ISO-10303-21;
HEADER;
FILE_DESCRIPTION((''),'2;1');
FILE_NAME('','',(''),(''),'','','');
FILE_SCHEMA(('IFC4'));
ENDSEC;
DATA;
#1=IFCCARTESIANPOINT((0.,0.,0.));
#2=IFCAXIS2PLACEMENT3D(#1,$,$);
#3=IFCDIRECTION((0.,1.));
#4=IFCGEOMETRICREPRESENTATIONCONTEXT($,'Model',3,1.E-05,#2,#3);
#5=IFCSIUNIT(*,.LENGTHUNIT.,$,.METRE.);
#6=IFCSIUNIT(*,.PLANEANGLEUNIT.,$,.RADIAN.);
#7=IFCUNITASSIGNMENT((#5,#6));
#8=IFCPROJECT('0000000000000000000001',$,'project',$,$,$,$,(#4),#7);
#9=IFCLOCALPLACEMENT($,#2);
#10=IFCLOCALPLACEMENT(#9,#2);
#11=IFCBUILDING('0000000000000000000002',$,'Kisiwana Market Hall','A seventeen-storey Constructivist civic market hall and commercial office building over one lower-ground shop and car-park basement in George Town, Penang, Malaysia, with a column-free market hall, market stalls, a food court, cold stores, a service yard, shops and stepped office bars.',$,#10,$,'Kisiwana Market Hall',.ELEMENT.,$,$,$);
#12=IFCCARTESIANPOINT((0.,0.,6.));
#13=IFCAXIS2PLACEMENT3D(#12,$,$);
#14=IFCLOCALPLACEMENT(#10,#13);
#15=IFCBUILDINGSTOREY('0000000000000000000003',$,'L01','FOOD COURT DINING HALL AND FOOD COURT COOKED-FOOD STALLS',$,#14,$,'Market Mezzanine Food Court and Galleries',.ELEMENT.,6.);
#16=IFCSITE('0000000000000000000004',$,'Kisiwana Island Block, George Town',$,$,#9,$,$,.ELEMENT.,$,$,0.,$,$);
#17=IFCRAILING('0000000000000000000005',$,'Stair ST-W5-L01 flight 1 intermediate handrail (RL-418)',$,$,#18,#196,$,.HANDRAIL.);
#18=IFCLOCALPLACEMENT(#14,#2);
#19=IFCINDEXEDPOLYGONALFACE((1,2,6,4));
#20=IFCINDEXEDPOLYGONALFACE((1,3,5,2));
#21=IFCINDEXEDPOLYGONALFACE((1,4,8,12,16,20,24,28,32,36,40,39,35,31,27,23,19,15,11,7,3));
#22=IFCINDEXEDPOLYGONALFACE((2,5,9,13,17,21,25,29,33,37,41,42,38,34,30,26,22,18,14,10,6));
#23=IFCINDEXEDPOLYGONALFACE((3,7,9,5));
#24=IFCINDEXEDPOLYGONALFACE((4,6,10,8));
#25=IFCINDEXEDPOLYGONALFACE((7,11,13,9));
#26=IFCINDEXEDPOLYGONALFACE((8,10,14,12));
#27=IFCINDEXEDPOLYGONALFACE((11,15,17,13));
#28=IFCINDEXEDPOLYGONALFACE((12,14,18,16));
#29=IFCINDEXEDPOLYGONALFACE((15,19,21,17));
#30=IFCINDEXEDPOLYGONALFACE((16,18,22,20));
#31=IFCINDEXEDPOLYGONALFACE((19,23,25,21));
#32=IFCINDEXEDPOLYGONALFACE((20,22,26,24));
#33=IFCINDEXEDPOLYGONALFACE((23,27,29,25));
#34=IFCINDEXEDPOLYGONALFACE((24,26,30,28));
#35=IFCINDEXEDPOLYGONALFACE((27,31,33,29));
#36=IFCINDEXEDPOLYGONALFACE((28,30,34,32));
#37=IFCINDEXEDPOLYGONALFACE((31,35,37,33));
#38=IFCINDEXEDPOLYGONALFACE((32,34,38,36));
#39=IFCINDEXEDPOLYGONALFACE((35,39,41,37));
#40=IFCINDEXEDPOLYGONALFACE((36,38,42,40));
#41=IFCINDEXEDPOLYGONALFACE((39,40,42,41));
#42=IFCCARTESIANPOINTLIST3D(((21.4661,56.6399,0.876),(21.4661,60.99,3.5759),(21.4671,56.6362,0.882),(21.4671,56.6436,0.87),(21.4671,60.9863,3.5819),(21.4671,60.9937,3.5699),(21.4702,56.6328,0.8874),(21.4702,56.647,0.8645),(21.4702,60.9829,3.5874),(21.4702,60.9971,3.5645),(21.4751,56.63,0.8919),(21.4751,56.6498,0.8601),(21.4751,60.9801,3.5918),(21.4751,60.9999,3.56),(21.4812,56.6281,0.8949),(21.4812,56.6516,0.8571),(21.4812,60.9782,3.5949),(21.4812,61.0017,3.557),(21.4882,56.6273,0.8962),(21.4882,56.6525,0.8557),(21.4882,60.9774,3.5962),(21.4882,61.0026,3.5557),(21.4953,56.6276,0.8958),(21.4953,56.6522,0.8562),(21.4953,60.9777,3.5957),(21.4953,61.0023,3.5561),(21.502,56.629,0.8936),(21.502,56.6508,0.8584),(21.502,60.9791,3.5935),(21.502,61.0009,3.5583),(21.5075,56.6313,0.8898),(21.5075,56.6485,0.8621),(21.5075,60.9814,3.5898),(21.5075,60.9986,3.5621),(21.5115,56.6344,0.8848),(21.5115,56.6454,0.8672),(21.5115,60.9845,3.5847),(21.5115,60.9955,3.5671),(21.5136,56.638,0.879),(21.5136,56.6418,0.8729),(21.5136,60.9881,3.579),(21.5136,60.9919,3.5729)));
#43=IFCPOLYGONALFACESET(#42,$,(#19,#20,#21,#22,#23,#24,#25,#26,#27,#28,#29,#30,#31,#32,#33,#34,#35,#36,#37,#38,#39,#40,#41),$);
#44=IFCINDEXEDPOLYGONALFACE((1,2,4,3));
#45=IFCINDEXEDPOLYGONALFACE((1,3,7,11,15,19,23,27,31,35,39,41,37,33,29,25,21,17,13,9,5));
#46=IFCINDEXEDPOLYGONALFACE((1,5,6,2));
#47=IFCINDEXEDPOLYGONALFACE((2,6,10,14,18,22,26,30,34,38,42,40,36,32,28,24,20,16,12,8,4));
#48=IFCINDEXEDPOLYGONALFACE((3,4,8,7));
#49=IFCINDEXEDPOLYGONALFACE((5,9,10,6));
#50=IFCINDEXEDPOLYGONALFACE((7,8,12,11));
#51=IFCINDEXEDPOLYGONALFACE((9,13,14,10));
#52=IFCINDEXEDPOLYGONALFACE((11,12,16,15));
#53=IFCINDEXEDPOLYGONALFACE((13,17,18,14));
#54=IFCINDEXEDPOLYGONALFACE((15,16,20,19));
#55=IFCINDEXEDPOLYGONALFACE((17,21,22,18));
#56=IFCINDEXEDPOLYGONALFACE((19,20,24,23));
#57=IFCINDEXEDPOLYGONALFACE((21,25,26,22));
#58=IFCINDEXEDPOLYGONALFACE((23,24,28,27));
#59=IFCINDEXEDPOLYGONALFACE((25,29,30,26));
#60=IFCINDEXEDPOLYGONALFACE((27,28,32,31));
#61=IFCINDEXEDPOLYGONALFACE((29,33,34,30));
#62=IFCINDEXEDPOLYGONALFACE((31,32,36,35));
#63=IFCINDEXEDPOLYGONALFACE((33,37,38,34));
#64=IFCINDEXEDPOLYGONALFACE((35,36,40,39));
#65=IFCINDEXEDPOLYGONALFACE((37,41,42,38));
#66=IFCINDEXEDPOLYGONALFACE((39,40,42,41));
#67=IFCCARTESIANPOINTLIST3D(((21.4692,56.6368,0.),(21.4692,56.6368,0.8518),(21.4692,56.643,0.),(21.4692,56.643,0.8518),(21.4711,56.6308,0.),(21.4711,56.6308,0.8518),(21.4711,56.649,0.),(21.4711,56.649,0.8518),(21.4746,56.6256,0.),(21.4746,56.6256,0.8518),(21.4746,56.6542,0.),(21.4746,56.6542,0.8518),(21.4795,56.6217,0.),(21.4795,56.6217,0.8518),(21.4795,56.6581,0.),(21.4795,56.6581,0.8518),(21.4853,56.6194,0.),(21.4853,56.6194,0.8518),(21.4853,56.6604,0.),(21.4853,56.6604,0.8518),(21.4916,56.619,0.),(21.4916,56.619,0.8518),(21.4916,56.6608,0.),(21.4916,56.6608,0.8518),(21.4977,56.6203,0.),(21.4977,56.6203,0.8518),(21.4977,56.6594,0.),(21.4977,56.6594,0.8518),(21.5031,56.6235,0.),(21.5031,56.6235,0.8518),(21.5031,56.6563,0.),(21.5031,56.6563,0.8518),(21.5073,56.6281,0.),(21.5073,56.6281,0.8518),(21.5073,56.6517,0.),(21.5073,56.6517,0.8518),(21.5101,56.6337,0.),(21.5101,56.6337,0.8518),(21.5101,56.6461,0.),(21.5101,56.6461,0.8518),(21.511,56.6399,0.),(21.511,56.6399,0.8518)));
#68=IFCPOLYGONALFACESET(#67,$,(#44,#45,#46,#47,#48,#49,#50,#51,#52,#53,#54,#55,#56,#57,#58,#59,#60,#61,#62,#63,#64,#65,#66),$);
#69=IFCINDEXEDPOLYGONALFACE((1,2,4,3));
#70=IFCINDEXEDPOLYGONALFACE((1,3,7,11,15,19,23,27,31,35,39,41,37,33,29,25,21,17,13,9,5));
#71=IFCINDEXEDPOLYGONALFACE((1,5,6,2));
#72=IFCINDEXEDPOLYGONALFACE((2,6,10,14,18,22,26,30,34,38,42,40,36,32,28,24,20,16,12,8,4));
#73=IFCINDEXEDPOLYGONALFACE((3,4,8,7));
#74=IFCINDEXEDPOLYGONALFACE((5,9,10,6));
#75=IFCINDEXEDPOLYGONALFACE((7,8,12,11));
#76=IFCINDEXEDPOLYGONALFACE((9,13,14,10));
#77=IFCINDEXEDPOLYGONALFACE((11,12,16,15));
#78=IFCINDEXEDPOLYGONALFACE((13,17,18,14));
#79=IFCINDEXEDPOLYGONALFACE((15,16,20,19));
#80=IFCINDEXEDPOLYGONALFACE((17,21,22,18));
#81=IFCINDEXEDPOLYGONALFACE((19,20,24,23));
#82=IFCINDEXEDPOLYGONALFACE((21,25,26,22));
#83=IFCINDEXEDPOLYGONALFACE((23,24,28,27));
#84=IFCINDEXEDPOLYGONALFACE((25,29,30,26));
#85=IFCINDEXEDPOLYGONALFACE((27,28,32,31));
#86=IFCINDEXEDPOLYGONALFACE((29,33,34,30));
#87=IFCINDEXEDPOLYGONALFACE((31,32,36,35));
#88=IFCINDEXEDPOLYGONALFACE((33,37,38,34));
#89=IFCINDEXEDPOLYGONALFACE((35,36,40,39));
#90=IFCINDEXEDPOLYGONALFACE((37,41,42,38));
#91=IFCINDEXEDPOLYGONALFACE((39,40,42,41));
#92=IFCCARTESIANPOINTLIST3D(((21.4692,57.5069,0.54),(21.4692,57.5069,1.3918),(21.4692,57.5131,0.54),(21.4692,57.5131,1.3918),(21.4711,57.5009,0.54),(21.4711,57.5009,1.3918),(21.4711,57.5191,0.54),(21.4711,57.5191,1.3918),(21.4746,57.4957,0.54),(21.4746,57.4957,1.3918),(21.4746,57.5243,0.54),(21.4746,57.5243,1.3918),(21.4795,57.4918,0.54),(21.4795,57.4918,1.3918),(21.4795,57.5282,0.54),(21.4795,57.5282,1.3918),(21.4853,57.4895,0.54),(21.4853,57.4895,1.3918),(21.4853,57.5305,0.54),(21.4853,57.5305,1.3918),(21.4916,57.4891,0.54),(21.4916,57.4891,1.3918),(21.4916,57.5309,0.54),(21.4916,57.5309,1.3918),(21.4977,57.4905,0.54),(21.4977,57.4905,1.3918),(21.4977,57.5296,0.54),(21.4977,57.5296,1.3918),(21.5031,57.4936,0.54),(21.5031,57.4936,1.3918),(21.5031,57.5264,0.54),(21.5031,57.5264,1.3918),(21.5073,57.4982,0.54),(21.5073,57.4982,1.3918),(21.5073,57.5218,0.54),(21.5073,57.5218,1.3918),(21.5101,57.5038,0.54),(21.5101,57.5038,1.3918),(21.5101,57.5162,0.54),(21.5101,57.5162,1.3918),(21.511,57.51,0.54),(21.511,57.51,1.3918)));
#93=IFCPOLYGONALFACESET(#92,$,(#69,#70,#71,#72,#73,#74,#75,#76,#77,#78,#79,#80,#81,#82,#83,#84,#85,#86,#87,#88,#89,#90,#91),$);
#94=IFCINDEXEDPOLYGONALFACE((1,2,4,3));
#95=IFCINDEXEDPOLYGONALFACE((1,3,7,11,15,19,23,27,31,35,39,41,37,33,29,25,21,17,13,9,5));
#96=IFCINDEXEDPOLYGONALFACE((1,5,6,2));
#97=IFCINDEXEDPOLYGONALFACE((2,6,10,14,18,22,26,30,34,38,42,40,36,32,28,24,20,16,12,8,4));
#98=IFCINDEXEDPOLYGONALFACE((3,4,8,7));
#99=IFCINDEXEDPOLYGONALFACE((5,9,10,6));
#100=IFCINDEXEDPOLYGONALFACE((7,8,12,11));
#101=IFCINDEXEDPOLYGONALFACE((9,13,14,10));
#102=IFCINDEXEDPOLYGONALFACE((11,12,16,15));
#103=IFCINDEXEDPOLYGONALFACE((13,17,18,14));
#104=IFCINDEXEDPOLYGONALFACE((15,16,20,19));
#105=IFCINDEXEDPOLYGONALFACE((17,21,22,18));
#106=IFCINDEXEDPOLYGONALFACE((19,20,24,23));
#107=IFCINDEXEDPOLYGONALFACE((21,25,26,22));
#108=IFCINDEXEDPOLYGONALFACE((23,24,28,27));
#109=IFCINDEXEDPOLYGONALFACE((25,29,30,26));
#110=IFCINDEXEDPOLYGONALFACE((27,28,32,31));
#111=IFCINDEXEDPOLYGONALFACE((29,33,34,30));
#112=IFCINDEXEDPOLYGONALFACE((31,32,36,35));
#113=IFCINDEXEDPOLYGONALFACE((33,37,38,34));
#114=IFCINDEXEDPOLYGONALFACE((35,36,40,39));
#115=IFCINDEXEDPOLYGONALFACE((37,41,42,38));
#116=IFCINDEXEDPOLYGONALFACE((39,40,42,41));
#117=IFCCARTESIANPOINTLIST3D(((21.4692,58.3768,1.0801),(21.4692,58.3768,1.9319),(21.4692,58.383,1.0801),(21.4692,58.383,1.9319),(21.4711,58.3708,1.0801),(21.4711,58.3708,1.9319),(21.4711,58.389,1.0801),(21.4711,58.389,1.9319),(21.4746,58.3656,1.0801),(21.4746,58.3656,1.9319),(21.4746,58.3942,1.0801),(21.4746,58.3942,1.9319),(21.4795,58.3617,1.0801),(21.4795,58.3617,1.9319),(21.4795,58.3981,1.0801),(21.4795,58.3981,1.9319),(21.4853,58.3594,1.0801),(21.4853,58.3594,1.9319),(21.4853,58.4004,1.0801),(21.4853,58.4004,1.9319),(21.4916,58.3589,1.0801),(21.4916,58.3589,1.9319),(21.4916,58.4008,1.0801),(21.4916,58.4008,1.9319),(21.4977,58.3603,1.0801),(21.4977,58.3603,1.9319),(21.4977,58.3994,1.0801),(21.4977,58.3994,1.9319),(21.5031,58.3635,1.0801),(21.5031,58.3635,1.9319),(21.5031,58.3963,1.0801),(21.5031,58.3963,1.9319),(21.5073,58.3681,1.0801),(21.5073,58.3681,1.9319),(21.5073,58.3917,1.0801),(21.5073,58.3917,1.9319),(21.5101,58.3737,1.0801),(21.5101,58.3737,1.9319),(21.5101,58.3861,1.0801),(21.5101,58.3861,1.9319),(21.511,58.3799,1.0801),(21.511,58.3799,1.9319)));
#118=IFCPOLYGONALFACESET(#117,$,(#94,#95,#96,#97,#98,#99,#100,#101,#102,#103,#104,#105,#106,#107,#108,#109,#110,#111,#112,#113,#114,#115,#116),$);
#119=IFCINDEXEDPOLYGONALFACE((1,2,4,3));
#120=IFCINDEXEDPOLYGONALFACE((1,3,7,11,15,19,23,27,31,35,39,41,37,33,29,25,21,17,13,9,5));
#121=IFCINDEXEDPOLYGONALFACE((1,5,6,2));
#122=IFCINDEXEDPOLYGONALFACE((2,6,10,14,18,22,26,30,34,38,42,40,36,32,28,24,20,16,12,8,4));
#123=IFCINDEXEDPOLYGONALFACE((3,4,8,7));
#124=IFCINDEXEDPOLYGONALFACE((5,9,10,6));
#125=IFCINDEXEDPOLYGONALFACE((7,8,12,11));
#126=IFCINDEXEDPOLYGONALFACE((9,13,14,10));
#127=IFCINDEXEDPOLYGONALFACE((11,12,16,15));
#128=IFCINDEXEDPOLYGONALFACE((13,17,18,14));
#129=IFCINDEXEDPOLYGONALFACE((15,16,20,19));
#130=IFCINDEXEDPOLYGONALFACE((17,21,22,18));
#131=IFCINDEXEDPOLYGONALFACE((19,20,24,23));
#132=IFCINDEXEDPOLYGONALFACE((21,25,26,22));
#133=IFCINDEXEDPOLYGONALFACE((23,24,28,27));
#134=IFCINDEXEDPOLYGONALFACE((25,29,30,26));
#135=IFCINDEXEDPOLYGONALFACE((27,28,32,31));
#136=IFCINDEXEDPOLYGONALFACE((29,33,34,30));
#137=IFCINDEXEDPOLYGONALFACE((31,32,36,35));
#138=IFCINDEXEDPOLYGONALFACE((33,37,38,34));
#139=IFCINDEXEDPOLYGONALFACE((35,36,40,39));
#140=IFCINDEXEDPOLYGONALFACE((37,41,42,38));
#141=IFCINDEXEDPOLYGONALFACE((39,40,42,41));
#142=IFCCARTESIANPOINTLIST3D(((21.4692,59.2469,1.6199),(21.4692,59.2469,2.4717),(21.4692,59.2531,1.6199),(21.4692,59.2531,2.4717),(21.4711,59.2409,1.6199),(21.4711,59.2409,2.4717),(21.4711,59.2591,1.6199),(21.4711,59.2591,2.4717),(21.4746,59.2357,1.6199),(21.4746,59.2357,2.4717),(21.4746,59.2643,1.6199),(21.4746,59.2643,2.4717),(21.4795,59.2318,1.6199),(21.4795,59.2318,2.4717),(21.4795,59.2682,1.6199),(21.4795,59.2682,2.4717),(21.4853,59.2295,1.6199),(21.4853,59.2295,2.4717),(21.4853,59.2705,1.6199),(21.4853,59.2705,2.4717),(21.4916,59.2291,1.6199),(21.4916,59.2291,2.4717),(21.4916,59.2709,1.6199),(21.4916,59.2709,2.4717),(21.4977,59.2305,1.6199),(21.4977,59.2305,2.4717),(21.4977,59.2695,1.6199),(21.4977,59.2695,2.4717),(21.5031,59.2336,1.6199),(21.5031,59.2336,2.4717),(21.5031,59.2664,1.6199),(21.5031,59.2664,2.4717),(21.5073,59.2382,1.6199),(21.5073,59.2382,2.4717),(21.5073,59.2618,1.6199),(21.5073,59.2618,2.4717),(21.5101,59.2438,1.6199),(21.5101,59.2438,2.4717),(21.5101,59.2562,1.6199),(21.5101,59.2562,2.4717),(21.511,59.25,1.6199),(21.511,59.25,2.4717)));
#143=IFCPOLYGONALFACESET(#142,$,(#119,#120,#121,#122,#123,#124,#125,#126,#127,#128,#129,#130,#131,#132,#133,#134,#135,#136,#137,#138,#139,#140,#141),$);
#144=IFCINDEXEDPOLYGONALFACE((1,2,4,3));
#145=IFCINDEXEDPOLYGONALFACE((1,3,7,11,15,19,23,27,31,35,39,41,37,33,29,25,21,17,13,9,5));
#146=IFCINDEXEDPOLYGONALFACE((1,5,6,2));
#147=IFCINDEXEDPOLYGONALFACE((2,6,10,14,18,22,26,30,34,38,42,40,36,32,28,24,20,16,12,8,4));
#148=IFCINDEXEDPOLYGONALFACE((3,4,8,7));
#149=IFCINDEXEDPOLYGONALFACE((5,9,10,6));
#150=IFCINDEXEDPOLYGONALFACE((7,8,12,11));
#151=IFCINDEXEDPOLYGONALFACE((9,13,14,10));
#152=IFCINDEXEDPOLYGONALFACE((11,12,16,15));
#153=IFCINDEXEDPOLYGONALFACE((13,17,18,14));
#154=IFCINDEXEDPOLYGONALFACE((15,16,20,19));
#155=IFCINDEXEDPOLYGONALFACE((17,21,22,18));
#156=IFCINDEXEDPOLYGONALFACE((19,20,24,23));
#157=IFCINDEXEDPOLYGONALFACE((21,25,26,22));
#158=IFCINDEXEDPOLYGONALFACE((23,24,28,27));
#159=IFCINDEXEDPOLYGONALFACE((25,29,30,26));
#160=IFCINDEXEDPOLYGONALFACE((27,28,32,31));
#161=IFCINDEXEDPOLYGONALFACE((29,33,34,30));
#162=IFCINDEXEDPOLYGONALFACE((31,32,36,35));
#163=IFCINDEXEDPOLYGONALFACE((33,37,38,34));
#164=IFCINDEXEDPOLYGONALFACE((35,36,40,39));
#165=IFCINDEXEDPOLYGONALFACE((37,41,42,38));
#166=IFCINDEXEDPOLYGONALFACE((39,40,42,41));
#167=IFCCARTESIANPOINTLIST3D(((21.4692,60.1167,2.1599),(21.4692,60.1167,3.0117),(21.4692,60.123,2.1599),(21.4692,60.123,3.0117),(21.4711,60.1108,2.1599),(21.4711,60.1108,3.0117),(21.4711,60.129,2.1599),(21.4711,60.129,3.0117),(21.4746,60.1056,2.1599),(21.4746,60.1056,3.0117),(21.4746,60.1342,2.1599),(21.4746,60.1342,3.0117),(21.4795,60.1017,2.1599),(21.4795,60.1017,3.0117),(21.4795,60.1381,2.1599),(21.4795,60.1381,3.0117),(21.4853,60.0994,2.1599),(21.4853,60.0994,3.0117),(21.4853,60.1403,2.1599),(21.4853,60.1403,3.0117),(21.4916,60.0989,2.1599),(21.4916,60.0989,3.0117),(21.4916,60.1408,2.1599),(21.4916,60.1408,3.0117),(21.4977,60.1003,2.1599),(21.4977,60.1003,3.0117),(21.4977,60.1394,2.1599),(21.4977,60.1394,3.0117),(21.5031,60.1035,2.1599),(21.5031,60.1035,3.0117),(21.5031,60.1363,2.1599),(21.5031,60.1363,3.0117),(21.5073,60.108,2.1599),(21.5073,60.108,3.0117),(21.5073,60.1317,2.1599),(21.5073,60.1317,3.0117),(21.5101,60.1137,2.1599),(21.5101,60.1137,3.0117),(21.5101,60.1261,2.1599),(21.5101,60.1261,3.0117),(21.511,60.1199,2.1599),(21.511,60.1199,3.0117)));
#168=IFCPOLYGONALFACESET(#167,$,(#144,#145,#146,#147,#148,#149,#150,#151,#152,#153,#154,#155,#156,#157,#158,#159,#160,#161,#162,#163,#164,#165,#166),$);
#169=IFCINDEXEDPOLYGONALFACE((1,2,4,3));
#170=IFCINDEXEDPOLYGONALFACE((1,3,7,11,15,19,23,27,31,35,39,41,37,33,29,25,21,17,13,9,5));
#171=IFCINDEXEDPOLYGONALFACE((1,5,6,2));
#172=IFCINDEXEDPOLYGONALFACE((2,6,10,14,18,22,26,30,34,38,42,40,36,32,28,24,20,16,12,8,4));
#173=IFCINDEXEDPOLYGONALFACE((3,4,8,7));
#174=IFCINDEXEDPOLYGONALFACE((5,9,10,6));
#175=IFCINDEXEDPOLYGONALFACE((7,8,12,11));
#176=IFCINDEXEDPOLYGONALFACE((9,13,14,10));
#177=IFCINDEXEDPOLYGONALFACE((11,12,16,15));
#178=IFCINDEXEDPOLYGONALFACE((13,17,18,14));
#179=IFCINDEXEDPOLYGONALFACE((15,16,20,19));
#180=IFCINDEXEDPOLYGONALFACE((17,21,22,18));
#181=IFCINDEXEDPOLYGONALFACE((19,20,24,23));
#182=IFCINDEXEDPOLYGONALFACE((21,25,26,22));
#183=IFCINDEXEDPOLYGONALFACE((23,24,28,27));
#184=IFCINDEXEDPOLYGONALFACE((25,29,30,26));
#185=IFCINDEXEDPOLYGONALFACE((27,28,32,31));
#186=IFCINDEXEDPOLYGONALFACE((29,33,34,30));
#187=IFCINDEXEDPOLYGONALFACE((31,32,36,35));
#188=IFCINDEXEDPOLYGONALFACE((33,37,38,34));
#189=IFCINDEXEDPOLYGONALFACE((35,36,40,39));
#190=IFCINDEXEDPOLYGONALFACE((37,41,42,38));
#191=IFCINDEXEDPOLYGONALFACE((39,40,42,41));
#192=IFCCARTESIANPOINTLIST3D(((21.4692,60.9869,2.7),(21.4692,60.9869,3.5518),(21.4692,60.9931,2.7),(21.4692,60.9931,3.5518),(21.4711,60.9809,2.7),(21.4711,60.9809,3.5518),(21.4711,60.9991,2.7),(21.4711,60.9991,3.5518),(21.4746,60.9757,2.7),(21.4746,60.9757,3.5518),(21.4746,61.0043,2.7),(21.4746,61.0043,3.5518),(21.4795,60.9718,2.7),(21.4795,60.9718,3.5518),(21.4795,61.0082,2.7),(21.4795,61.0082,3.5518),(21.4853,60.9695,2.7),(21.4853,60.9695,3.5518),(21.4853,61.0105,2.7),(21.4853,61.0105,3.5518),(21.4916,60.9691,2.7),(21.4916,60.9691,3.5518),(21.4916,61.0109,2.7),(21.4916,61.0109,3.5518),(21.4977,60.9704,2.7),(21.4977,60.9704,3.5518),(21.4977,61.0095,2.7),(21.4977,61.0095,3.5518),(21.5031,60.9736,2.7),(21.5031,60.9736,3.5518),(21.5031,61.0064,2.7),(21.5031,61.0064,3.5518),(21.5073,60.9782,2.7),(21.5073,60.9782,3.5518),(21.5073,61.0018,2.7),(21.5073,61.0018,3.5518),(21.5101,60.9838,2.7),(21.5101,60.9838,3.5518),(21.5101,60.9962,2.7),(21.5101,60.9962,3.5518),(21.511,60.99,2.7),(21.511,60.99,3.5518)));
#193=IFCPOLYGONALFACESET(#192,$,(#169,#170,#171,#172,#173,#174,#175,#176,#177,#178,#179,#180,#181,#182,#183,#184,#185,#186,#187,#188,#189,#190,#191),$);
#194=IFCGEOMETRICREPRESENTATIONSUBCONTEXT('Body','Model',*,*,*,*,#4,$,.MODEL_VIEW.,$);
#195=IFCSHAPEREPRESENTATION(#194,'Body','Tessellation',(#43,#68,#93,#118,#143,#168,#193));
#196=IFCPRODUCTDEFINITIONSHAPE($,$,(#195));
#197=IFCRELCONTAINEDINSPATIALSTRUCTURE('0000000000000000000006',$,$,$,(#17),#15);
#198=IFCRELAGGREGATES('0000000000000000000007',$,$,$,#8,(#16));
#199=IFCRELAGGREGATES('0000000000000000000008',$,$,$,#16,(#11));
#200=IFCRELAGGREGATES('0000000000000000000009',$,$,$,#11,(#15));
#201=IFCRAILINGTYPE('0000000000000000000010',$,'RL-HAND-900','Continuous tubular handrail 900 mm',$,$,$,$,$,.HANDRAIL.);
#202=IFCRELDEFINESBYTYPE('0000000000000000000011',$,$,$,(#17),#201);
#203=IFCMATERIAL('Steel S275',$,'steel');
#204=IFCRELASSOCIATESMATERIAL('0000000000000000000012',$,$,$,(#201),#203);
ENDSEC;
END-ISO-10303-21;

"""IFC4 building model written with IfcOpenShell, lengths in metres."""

from ifc_helpers import new_model, si_unit, direction, frame, origin, origin_2d, place, context, subcontext, project, spatial, circle, extrude, material, type_object, element, save


model = new_model("IFC4")

# Units and contexts
model_context = context("Model", 3, precision=1e-05, world=origin(), true_north=direction((0.0, 1.0)))
body_context = subcontext(model_context, "Body", "Model", "MODEL_VIEW")
ifc_project = project(units=[si_unit("LENGTHUNIT", "METRE"), si_unit("PLANEANGLEUNIT", "RADIAN")], contexts=[model_context])

# Site, building, storey
site_placement = place(None, origin())
site = spatial("IfcSite", under=ifc_project, at=site_placement, Name="Kisiwana Island Block, George Town", CompositionType="ELEMENT", RefElevation=0.0)
building_placement = place(site_placement, origin())
building = spatial("IfcBuilding", under=site, at=building_placement, Name="Kisiwana Market Hall", Description="A seventeen-storey Constructivist civic market hall and commercial office building over one lower-ground shop and car-park basement in George Town, Penang, Malaysia, with a column-free market hall, market stalls, a food court, cold stores, a service yard, shops and stepped office bars.", LongName="Kisiwana Market Hall", CompositionType="ELEMENT")
storey_placement = place(building_placement, frame((0.0, 0.0, 6.0)))
storey = spatial("IfcBuildingStorey", under=building, at=storey_placement, Name="L01", Description="FOOD COURT DINING HALL AND FOOD COURT COOKED-FOOD STALLS", LongName="Market Mezzanine Food Court and Galleries", CompositionType="ELEMENT", Elevation=6.0)

# Railing
ifc_material_1 = material(Name="Steel S275", Category="steel")
railing_type_1 = type_object("IfcRailingType", Name="RL-HAND-900", Description="Continuous tubular handrail 900 mm", PredefinedType="HANDRAIL", material=ifc_material_1)
railing_1_placement = place(storey_placement, frame((21.49, 56.6399, 0.0)))
element("IfcRailing", 1, at=railing_1_placement, inside=storey, type_object=railing_type_1, Name="Stair ST-W5-L01 flight 1 intermediate handrail (RL-418)", PredefinedType="HANDRAIL", context=body_context, shape_type="SweptSolid", body=[
    extrude(circle(Radius=0.0239, at=origin_2d()), frame((0.0, 0.0, 0.876), z_axis=(0.0, 0.84965, 0.527347), x_axis=(-1.0, 0.0, 0.0)), (0.0, 0.0, 1.0), 5.1199),
    extrude(circle(Radius=0.021, at=origin_2d()), origin(), (0.0, 0.0, 1.0), 0.8518),
    extrude(circle(Radius=0.021, at=origin_2d()), frame((0.0, 0.8701, 0.54)), (0.0, 0.0, 1.0), 0.8518),
    extrude(circle(Radius=0.021, at=origin_2d()), frame((0.0, 1.74, 1.0801)), (0.0, 0.0, 1.0), 0.8518),
    extrude(circle(Radius=0.021, at=origin_2d()), frame((0.0, 2.6101, 1.6199)), (0.0, 0.0, 1.0), 0.8518),
    extrude(circle(Radius=0.021, at=origin_2d()), frame((0.0, 3.48, 2.1599)), (0.0, 0.0, 1.0), 0.8518),
    extrude(circle(Radius=0.021, at=origin_2d()), frame((0.0, 4.3501, 2.7)), (0.0, 0.0, 1.0), 0.8518),
])

save(model, "model.ifc")
